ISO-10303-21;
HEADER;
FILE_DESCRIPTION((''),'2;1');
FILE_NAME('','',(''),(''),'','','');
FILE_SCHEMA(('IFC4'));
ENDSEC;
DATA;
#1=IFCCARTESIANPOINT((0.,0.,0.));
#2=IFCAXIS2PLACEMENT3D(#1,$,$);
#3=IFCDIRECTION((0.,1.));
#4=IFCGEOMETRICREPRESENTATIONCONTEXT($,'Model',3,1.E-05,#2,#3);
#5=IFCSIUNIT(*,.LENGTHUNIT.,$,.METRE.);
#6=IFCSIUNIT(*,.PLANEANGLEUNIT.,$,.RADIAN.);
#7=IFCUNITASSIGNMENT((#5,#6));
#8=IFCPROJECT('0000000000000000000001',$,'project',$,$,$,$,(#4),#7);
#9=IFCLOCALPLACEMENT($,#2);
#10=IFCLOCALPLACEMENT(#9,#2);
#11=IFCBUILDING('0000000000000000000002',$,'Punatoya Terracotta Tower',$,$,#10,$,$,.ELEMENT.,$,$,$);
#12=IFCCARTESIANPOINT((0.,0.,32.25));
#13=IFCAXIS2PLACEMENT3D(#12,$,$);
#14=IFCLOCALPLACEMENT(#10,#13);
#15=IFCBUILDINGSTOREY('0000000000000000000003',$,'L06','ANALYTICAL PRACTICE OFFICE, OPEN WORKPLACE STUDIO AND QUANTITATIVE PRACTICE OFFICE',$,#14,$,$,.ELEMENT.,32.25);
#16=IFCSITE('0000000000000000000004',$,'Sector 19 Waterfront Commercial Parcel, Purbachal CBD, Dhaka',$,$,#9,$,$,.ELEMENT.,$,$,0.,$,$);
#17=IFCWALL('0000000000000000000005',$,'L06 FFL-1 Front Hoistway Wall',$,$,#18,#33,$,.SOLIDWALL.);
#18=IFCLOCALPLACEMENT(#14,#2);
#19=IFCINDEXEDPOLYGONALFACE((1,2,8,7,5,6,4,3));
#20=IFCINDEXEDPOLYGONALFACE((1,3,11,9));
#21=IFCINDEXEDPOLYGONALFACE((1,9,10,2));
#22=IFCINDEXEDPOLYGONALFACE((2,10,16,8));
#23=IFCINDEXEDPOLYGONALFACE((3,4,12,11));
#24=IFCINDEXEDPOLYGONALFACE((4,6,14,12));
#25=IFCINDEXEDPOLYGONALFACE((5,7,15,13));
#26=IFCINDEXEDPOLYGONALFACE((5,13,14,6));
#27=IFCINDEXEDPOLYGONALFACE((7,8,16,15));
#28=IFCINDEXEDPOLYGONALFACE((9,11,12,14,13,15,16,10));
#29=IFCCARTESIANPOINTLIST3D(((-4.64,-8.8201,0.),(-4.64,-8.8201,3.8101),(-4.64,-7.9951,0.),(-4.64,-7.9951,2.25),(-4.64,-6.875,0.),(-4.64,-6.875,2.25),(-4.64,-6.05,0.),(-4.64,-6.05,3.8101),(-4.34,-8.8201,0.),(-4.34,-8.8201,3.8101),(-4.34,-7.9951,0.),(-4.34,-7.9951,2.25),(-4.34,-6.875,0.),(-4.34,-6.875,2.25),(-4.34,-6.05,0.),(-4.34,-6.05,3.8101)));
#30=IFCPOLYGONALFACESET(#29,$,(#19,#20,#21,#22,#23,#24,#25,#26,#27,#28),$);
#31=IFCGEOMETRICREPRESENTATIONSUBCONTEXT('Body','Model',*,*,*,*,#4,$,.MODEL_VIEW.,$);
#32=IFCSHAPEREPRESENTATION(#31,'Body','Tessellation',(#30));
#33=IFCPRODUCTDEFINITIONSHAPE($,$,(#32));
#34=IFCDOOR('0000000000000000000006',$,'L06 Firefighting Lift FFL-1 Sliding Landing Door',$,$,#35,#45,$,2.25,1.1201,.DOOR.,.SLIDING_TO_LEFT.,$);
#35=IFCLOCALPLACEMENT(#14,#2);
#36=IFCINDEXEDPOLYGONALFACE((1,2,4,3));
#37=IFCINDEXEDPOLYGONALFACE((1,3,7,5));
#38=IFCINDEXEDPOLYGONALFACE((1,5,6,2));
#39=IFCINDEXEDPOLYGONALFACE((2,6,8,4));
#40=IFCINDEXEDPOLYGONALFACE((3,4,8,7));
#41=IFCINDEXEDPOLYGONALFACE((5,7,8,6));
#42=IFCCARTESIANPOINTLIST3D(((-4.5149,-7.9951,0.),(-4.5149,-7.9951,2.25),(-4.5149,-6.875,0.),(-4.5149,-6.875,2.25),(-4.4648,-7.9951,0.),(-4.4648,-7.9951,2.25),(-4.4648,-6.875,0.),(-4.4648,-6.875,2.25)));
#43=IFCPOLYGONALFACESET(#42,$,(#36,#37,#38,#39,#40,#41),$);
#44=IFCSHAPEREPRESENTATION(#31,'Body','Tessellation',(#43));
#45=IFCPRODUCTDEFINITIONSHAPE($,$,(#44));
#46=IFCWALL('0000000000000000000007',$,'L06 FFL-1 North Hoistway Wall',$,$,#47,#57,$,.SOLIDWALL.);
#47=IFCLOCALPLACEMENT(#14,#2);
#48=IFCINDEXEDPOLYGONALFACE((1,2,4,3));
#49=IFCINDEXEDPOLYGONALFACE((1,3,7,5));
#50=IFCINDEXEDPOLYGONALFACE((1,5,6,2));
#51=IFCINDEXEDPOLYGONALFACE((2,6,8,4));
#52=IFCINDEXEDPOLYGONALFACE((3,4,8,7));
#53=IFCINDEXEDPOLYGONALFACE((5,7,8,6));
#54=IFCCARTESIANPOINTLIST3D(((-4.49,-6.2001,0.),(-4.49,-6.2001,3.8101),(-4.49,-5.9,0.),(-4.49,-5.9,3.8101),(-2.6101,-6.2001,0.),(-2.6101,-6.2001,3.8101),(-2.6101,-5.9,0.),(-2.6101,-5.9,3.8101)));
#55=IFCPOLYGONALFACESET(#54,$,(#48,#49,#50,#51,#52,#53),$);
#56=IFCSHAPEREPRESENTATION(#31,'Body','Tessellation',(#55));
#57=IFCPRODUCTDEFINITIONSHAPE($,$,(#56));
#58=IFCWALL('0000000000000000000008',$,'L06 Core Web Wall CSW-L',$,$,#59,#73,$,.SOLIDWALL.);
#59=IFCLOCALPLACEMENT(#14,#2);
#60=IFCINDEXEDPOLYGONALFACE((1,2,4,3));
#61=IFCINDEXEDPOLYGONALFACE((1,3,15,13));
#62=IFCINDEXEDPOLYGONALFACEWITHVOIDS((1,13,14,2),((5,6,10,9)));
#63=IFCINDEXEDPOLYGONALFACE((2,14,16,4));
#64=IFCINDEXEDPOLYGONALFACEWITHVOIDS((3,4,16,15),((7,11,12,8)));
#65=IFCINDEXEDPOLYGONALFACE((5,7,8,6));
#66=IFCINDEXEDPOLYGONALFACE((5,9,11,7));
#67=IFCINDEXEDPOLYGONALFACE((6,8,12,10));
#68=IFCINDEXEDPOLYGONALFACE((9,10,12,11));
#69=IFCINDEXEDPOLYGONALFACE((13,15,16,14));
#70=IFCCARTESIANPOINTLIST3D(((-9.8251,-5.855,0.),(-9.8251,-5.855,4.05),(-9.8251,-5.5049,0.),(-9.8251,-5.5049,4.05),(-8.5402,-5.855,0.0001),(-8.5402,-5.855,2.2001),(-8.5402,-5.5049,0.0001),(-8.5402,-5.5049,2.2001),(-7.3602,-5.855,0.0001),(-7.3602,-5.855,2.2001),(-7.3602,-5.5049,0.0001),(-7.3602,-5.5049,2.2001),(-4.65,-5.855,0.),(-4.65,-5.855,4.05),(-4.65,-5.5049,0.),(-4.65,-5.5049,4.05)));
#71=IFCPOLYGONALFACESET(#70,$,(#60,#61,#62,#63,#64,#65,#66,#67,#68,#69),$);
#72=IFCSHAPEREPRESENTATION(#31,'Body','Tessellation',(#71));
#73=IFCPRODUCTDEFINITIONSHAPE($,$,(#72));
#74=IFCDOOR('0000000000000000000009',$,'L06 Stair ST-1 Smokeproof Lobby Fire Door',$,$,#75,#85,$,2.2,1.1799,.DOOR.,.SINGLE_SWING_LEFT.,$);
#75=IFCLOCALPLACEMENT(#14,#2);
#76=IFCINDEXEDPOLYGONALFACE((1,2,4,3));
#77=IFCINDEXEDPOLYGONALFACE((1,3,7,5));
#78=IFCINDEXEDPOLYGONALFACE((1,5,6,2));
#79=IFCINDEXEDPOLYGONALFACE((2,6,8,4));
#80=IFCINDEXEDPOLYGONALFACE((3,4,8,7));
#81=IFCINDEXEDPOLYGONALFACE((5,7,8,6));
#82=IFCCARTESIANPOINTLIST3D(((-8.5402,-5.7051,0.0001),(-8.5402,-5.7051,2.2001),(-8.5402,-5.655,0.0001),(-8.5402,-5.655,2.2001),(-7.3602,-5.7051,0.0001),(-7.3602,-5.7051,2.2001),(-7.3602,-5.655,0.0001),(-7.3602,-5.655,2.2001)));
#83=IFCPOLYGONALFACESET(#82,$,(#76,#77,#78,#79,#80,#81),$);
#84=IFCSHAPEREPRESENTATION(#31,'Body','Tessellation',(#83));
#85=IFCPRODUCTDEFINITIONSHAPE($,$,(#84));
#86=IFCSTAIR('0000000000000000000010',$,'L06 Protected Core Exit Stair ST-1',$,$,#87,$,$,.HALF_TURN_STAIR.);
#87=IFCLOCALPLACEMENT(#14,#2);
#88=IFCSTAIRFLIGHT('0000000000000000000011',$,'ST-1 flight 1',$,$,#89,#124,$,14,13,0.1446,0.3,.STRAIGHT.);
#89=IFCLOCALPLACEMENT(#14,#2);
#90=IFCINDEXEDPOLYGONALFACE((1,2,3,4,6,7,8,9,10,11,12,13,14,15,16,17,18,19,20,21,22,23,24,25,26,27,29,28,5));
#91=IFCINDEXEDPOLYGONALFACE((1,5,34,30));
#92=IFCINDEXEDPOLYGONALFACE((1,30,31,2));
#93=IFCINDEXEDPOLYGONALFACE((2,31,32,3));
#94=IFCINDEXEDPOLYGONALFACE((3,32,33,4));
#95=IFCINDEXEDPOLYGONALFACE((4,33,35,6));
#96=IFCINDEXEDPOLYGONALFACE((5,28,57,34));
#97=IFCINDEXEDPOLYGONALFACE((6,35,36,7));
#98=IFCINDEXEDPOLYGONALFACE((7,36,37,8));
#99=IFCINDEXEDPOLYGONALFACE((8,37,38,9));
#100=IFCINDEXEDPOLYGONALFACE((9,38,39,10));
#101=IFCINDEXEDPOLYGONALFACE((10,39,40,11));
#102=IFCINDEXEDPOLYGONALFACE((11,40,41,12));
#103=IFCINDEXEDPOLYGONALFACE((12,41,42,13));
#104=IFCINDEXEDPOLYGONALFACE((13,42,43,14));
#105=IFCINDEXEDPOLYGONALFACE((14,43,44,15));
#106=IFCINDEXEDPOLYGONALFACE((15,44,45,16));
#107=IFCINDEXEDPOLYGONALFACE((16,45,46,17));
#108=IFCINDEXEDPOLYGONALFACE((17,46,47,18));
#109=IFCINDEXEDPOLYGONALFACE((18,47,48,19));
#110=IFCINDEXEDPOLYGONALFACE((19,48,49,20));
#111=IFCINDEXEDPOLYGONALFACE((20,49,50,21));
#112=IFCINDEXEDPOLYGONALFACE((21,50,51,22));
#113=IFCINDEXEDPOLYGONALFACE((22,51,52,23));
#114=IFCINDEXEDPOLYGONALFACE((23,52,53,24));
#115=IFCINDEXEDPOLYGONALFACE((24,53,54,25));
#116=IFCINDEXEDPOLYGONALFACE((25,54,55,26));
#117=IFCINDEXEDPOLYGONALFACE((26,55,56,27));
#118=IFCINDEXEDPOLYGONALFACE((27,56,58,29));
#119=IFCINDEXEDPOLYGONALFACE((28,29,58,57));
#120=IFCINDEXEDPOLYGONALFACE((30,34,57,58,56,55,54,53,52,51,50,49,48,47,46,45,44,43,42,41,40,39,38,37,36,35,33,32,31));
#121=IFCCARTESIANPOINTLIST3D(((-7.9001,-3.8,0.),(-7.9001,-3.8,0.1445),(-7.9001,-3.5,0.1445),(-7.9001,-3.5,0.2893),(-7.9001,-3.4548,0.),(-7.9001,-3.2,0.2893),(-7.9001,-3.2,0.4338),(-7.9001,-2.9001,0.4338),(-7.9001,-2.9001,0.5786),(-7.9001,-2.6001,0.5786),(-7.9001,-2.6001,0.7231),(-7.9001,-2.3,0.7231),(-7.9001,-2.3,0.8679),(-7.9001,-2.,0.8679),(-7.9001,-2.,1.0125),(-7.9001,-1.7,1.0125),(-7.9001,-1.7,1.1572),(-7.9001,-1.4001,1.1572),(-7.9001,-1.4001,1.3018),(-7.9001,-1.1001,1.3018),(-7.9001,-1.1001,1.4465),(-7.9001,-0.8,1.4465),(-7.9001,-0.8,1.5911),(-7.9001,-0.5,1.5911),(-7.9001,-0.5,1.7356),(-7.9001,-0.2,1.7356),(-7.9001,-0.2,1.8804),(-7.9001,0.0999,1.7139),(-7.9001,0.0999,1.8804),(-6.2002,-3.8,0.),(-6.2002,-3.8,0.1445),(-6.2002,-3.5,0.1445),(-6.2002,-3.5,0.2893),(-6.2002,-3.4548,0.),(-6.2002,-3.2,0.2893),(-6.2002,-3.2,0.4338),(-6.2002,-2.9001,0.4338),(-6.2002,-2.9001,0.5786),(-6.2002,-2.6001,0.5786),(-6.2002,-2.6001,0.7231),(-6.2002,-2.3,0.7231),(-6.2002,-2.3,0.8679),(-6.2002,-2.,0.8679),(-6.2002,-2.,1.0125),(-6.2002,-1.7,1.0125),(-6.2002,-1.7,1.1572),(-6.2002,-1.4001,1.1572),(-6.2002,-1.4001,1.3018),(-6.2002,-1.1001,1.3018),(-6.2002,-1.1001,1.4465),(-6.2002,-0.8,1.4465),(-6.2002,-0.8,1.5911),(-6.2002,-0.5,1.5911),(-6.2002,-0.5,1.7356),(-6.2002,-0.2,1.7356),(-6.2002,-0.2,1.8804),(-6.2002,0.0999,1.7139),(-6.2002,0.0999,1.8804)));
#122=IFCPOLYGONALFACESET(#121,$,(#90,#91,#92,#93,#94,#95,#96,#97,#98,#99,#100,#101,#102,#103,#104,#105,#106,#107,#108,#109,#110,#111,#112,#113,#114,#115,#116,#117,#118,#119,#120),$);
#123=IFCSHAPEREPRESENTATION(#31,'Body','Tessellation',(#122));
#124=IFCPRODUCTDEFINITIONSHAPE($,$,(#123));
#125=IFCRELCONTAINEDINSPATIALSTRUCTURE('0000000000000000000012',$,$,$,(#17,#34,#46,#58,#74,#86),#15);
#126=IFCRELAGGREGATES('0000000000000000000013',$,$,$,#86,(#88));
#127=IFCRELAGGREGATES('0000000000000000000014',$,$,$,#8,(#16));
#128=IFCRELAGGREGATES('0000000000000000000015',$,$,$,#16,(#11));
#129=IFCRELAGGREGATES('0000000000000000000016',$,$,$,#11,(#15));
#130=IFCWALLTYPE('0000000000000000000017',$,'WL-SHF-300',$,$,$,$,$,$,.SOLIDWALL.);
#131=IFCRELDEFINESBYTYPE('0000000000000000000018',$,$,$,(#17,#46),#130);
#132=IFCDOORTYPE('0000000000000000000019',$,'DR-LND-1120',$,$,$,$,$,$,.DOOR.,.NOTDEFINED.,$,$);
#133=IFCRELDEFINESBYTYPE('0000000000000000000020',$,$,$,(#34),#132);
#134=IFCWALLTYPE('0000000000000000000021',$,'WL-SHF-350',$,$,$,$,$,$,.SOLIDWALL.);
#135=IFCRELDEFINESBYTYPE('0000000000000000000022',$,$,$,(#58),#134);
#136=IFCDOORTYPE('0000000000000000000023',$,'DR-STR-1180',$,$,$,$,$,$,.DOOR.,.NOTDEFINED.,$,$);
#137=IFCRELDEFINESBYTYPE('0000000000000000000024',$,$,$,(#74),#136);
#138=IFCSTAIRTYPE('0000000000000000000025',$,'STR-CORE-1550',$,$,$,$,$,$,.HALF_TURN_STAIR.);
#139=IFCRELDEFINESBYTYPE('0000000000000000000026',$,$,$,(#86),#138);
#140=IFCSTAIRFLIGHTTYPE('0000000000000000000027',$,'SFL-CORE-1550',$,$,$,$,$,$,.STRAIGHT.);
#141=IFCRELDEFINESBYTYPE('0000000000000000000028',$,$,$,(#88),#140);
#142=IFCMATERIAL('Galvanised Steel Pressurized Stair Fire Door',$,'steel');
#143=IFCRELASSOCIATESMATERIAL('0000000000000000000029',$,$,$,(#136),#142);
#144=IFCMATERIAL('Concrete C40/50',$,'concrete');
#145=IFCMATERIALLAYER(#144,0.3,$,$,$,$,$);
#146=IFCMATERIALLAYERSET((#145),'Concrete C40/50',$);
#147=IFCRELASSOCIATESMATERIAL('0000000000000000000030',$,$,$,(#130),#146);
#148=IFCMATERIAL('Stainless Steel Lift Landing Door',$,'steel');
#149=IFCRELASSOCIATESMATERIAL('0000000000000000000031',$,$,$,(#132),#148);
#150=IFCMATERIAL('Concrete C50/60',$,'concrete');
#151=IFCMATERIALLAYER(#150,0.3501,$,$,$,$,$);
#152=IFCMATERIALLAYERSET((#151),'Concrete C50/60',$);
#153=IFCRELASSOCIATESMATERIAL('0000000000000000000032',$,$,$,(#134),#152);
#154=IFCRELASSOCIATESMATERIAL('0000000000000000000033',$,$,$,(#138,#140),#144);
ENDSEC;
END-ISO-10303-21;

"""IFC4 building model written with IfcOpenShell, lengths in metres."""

from ifc_helpers import new_model, si_unit, direction, frame, frame_2d, origin, place, context, subcontext, project, spatial, polyline, rectangle, outline, extrude, material, layer, layer_set, type_object, element, fill, aggregate, save


model = new_model("IFC4")

# Units and contexts
model_context = context("Model", 3, precision=1e-05, world=origin(), true_north=direction((0.0, 1.0)))
body_context = subcontext(model_context, "Body", "Model", "MODEL_VIEW")
ifc_project = project(units=[si_unit("LENGTHUNIT", "METRE"), si_unit("PLANEANGLEUNIT", "RADIAN")], contexts=[model_context])

# Site, building, storey
site_placement = place(None, origin())
site = spatial("IfcSite", under=ifc_project, at=site_placement, Name="Sector 19 Waterfront Commercial Parcel, Purbachal CBD, Dhaka", CompositionType="ELEMENT", RefElevation=0.0)
building_placement = place(site_placement, origin())
building = spatial("IfcBuilding", under=site, at=building_placement, Name="Punatoya Terracotta Tower", CompositionType="ELEMENT")
storey_placement = place(building_placement, frame((0.0, 0.0, 32.25)))
storey = spatial("IfcBuildingStorey", under=building, at=storey_placement, Name="L06", Description="ANALYTICAL PRACTICE OFFICE, OPEN WORKPLACE STUDIO AND QUANTITATIVE PRACTICE OFFICE", CompositionType="ELEMENT", Elevation=32.25)

# Shared definitions
ifc_material_1 = material(Name="Galvanised Steel Pressurized Stair Fire Door", Category="steel")
door_type_1 = type_object("IfcDoorType", Name="DR-STR-1180", OperationType="NOTDEFINED", PredefinedType="DOOR", material=ifc_material_1)

# Shared definitions
ifc_material_2 = material(Name="Concrete C40/50", Category="concrete")
ifc_layer_1 = layer(ifc_material_2, 0.3)
ifc_layer_set_1 = layer_set([ifc_layer_1], Name="Concrete C40/50")
wall_type_1 = type_object("IfcWallType", Name="WL-SHF-300", PredefinedType="SOLIDWALL", material=ifc_layer_set_1)

# Wall, opening, door
wall_1_placement = place(storey_placement, frame((-4.49, -8.8201, 0.0), z_axis=(0.0, 0.0, 1.0), x_axis=(0.0, 1.0, 0.0)))
wall_1 = element("IfcWall", 1, at=wall_1_placement, inside=storey, type_object=wall_type_1, Name="L06 FFL-1 Front Hoistway Wall", PredefinedType="SOLIDWALL", context=body_context, shape_type="SweptSolid", body=[
    extrude(rectangle(XDim=2.77, YDim=0.3, at=frame_2d((1.385, 0.0))), origin(), (0.0, 0.0, 1.0), 3.8101),
])
opening_1_placement = place(wall_1_placement, frame((0.825, 0.0, 0.0)))
opening_1 = element("IfcOpeningElement", 2, at=opening_1_placement, cuts=wall_1, PredefinedType="OPENING", context=body_context, shape_type="SweptSolid", body=[
    extrude(rectangle(XDim=1.1201, YDim=2.25, at=frame_2d((0.5601, 1.125))), frame((0.0, 0.1599, 0.0), z_axis=(0.0, -1.0, 0.0), x_axis=(1.0, 0.0, 0.0)), (0.0, 0.0, 1.0), 0.3201),
])
ifc_material_3 = material(Name="Stainless Steel Lift Landing Door", Category="steel")
door_type_2 = type_object("IfcDoorType", Name="DR-LND-1120", OperationType="NOTDEFINED", PredefinedType="DOOR", material=ifc_material_3)
door_1_placement = place(opening_1_placement, origin())
door_1 = element("IfcDoor", 3, at=door_1_placement, inside=storey, type_object=door_type_2, Name="L06 Firefighting Lift FFL-1 Sliding Landing Door", OperationType="SLIDING_TO_LEFT", OverallHeight=2.25, OverallWidth=1.1201, PredefinedType="DOOR", context=body_context, shape_type="SweptSolid", body=[
    extrude(rectangle(XDim=1.1201, YDim=2.25, at=frame_2d((0.5601, 1.125))), frame((0.0, 0.0249, 0.0), z_axis=(0.0, -1.0, 0.0), x_axis=(1.0, 0.0, 0.0)), (0.0, 0.0, 1.0), 0.05),
])
fill(opening_1, door_1)

# Wall
wall_2_placement = place(storey_placement, frame((-4.49, -6.05, 0.0), z_axis=(0.0, 0.0, 1.0), x_axis=(1.0, 0.0, 0.0)))
element("IfcWall", 4, at=wall_2_placement, inside=storey, type_object=wall_type_1, Name="L06 FFL-1 North Hoistway Wall", PredefinedType="SOLIDWALL", context=body_context, shape_type="SweptSolid", body=[
    extrude(rectangle(XDim=1.8799, YDim=0.3, at=frame_2d((0.9399, 0.0))), origin(), (0.0, 0.0, 1.0), 3.8101),
])

# Wall, opening, door
ifc_material_4 = material(Name="Concrete C50/60", Category="concrete")
ifc_layer_2 = layer(ifc_material_4, 0.3501)
ifc_layer_set_2 = layer_set([ifc_layer_2], Name="Concrete C50/60")
wall_type_2 = type_object("IfcWallType", Name="WL-SHF-350", PredefinedType="SOLIDWALL", material=ifc_layer_set_2)
wall_3_placement = place(storey_placement, frame((-9.825, -5.6799, 0.0), z_axis=(0.0, 0.0, 1.0), x_axis=(1.0, 0.0, 0.0)))
wall_3 = element("IfcWall", 5, at=wall_3_placement, inside=storey, type_object=wall_type_2, Name="L06 Core Web Wall CSW-L", PredefinedType="SOLIDWALL", context=body_context, shape_type="SweptSolid", body=[
    extrude(rectangle(XDim=5.175, YDim=0.3501, at=frame_2d((2.5874, 0.0))), origin(), (0.0, 0.0, 1.0), 4.05),
])
opening_2_placement = place(wall_3_placement, frame((1.2849, 0.0, 0.0)))
opening_2 = element("IfcOpeningElement", 6, at=opening_2_placement, cuts=wall_3, PredefinedType="OPENING", context=body_context, shape_type="SweptSolid", body=[
    extrude(rectangle(XDim=1.1799, YDim=2.2, at=frame_2d((0.5898, 1.1001))), frame((0.0, 0.1851, 0.0), z_axis=(0.0, -1.0, 0.0), x_axis=(1.0, 0.0, 0.0)), (0.0, 0.0, 1.0), 0.3701),
])
door_2_placement = place(opening_2_placement, origin())
door_2 = element("IfcDoor", 7, at=door_2_placement, inside=storey, type_object=door_type_1, Name="L06 Stair ST-1 Smokeproof Lobby Fire Door", OperationType="SINGLE_SWING_LEFT", OverallHeight=2.2, OverallWidth=1.1799, PredefinedType="DOOR", context=body_context, shape_type="SweptSolid", body=[
    extrude(rectangle(XDim=1.1799, YDim=2.2, at=frame_2d((0.5898, 1.1001))), frame((0.0, 0.0249, 0.0), z_axis=(0.0, -1.0, 0.0), x_axis=(1.0, 0.0, 0.0)), (0.0, 0.0, 1.0), 0.05),
])
fill(opening_2, door_2)

# Stair, stair flight
stair_type = type_object("IfcStairType", Name="STR-CORE-1550", PredefinedType="HALF_TURN_STAIR", material=ifc_material_2)
stair_placement = place(storey_placement, origin())
stair = element("IfcStair", 8, at=stair_placement, inside=storey, type_object=stair_type, Name="L06 Protected Core Exit Stair ST-1", PredefinedType="HALF_TURN_STAIR")
stair_flight_type = type_object("IfcStairFlightType", Name="SFL-CORE-1550", PredefinedType="STRAIGHT", material=ifc_material_2)
stair_flight_placement = place(storey_placement, frame((-7.05, -3.8, 0.0), z_axis=(0.0, 0.0, 1.0), x_axis=(0.0, 1.0, 0.0)))
stair_flight = element("IfcStairFlight", 9, at=stair_flight_placement, type_object=stair_flight_type, Name="ST-1 flight 1", NumberOfRisers=14, NumberOfTreads=13, PredefinedType="STRAIGHT", RiserHeight=0.1446, TreadLength=0.3, context=body_context, shape_type="SweptSolid", body=[
    extrude(outline(polyline([(0.0, 0.0), (0.0, 0.1445), (0.3, 0.1445), (0.3, 0.2893), (0.6001, 0.2893), (0.6001, 0.4338), (0.8999, 0.4338), (0.8999, 0.5786), (1.2, 0.5786), (1.2, 0.7231), (1.5, 0.7231), (1.5, 0.8679), (1.8, 0.8679), (1.8, 1.0125), (2.1001, 1.0125), (2.1001, 1.1572), (2.3999, 1.1572), (2.3999, 1.3018), (2.7, 1.3018), (2.7, 1.4465), (3.0, 1.4465), (3.0, 1.5911), (3.3, 1.5911), (3.3, 1.7356), (3.6001, 1.7356), (3.6001, 1.8804), (3.8999, 1.8804), (3.8999, 2.0249), (3.8999, 1.7139), (0.3452, 0.0), (0.0, 0.0)])), frame((0.0, 0.8501, 0.0), z_axis=(0.0, -1.0, 0.0), x_axis=(1.0, 0.0, 0.0)), (0.0, 0.0, 1.0), 1.7),
])
aggregate(stair, [stair_flight])

save(model, "model.ifc")
